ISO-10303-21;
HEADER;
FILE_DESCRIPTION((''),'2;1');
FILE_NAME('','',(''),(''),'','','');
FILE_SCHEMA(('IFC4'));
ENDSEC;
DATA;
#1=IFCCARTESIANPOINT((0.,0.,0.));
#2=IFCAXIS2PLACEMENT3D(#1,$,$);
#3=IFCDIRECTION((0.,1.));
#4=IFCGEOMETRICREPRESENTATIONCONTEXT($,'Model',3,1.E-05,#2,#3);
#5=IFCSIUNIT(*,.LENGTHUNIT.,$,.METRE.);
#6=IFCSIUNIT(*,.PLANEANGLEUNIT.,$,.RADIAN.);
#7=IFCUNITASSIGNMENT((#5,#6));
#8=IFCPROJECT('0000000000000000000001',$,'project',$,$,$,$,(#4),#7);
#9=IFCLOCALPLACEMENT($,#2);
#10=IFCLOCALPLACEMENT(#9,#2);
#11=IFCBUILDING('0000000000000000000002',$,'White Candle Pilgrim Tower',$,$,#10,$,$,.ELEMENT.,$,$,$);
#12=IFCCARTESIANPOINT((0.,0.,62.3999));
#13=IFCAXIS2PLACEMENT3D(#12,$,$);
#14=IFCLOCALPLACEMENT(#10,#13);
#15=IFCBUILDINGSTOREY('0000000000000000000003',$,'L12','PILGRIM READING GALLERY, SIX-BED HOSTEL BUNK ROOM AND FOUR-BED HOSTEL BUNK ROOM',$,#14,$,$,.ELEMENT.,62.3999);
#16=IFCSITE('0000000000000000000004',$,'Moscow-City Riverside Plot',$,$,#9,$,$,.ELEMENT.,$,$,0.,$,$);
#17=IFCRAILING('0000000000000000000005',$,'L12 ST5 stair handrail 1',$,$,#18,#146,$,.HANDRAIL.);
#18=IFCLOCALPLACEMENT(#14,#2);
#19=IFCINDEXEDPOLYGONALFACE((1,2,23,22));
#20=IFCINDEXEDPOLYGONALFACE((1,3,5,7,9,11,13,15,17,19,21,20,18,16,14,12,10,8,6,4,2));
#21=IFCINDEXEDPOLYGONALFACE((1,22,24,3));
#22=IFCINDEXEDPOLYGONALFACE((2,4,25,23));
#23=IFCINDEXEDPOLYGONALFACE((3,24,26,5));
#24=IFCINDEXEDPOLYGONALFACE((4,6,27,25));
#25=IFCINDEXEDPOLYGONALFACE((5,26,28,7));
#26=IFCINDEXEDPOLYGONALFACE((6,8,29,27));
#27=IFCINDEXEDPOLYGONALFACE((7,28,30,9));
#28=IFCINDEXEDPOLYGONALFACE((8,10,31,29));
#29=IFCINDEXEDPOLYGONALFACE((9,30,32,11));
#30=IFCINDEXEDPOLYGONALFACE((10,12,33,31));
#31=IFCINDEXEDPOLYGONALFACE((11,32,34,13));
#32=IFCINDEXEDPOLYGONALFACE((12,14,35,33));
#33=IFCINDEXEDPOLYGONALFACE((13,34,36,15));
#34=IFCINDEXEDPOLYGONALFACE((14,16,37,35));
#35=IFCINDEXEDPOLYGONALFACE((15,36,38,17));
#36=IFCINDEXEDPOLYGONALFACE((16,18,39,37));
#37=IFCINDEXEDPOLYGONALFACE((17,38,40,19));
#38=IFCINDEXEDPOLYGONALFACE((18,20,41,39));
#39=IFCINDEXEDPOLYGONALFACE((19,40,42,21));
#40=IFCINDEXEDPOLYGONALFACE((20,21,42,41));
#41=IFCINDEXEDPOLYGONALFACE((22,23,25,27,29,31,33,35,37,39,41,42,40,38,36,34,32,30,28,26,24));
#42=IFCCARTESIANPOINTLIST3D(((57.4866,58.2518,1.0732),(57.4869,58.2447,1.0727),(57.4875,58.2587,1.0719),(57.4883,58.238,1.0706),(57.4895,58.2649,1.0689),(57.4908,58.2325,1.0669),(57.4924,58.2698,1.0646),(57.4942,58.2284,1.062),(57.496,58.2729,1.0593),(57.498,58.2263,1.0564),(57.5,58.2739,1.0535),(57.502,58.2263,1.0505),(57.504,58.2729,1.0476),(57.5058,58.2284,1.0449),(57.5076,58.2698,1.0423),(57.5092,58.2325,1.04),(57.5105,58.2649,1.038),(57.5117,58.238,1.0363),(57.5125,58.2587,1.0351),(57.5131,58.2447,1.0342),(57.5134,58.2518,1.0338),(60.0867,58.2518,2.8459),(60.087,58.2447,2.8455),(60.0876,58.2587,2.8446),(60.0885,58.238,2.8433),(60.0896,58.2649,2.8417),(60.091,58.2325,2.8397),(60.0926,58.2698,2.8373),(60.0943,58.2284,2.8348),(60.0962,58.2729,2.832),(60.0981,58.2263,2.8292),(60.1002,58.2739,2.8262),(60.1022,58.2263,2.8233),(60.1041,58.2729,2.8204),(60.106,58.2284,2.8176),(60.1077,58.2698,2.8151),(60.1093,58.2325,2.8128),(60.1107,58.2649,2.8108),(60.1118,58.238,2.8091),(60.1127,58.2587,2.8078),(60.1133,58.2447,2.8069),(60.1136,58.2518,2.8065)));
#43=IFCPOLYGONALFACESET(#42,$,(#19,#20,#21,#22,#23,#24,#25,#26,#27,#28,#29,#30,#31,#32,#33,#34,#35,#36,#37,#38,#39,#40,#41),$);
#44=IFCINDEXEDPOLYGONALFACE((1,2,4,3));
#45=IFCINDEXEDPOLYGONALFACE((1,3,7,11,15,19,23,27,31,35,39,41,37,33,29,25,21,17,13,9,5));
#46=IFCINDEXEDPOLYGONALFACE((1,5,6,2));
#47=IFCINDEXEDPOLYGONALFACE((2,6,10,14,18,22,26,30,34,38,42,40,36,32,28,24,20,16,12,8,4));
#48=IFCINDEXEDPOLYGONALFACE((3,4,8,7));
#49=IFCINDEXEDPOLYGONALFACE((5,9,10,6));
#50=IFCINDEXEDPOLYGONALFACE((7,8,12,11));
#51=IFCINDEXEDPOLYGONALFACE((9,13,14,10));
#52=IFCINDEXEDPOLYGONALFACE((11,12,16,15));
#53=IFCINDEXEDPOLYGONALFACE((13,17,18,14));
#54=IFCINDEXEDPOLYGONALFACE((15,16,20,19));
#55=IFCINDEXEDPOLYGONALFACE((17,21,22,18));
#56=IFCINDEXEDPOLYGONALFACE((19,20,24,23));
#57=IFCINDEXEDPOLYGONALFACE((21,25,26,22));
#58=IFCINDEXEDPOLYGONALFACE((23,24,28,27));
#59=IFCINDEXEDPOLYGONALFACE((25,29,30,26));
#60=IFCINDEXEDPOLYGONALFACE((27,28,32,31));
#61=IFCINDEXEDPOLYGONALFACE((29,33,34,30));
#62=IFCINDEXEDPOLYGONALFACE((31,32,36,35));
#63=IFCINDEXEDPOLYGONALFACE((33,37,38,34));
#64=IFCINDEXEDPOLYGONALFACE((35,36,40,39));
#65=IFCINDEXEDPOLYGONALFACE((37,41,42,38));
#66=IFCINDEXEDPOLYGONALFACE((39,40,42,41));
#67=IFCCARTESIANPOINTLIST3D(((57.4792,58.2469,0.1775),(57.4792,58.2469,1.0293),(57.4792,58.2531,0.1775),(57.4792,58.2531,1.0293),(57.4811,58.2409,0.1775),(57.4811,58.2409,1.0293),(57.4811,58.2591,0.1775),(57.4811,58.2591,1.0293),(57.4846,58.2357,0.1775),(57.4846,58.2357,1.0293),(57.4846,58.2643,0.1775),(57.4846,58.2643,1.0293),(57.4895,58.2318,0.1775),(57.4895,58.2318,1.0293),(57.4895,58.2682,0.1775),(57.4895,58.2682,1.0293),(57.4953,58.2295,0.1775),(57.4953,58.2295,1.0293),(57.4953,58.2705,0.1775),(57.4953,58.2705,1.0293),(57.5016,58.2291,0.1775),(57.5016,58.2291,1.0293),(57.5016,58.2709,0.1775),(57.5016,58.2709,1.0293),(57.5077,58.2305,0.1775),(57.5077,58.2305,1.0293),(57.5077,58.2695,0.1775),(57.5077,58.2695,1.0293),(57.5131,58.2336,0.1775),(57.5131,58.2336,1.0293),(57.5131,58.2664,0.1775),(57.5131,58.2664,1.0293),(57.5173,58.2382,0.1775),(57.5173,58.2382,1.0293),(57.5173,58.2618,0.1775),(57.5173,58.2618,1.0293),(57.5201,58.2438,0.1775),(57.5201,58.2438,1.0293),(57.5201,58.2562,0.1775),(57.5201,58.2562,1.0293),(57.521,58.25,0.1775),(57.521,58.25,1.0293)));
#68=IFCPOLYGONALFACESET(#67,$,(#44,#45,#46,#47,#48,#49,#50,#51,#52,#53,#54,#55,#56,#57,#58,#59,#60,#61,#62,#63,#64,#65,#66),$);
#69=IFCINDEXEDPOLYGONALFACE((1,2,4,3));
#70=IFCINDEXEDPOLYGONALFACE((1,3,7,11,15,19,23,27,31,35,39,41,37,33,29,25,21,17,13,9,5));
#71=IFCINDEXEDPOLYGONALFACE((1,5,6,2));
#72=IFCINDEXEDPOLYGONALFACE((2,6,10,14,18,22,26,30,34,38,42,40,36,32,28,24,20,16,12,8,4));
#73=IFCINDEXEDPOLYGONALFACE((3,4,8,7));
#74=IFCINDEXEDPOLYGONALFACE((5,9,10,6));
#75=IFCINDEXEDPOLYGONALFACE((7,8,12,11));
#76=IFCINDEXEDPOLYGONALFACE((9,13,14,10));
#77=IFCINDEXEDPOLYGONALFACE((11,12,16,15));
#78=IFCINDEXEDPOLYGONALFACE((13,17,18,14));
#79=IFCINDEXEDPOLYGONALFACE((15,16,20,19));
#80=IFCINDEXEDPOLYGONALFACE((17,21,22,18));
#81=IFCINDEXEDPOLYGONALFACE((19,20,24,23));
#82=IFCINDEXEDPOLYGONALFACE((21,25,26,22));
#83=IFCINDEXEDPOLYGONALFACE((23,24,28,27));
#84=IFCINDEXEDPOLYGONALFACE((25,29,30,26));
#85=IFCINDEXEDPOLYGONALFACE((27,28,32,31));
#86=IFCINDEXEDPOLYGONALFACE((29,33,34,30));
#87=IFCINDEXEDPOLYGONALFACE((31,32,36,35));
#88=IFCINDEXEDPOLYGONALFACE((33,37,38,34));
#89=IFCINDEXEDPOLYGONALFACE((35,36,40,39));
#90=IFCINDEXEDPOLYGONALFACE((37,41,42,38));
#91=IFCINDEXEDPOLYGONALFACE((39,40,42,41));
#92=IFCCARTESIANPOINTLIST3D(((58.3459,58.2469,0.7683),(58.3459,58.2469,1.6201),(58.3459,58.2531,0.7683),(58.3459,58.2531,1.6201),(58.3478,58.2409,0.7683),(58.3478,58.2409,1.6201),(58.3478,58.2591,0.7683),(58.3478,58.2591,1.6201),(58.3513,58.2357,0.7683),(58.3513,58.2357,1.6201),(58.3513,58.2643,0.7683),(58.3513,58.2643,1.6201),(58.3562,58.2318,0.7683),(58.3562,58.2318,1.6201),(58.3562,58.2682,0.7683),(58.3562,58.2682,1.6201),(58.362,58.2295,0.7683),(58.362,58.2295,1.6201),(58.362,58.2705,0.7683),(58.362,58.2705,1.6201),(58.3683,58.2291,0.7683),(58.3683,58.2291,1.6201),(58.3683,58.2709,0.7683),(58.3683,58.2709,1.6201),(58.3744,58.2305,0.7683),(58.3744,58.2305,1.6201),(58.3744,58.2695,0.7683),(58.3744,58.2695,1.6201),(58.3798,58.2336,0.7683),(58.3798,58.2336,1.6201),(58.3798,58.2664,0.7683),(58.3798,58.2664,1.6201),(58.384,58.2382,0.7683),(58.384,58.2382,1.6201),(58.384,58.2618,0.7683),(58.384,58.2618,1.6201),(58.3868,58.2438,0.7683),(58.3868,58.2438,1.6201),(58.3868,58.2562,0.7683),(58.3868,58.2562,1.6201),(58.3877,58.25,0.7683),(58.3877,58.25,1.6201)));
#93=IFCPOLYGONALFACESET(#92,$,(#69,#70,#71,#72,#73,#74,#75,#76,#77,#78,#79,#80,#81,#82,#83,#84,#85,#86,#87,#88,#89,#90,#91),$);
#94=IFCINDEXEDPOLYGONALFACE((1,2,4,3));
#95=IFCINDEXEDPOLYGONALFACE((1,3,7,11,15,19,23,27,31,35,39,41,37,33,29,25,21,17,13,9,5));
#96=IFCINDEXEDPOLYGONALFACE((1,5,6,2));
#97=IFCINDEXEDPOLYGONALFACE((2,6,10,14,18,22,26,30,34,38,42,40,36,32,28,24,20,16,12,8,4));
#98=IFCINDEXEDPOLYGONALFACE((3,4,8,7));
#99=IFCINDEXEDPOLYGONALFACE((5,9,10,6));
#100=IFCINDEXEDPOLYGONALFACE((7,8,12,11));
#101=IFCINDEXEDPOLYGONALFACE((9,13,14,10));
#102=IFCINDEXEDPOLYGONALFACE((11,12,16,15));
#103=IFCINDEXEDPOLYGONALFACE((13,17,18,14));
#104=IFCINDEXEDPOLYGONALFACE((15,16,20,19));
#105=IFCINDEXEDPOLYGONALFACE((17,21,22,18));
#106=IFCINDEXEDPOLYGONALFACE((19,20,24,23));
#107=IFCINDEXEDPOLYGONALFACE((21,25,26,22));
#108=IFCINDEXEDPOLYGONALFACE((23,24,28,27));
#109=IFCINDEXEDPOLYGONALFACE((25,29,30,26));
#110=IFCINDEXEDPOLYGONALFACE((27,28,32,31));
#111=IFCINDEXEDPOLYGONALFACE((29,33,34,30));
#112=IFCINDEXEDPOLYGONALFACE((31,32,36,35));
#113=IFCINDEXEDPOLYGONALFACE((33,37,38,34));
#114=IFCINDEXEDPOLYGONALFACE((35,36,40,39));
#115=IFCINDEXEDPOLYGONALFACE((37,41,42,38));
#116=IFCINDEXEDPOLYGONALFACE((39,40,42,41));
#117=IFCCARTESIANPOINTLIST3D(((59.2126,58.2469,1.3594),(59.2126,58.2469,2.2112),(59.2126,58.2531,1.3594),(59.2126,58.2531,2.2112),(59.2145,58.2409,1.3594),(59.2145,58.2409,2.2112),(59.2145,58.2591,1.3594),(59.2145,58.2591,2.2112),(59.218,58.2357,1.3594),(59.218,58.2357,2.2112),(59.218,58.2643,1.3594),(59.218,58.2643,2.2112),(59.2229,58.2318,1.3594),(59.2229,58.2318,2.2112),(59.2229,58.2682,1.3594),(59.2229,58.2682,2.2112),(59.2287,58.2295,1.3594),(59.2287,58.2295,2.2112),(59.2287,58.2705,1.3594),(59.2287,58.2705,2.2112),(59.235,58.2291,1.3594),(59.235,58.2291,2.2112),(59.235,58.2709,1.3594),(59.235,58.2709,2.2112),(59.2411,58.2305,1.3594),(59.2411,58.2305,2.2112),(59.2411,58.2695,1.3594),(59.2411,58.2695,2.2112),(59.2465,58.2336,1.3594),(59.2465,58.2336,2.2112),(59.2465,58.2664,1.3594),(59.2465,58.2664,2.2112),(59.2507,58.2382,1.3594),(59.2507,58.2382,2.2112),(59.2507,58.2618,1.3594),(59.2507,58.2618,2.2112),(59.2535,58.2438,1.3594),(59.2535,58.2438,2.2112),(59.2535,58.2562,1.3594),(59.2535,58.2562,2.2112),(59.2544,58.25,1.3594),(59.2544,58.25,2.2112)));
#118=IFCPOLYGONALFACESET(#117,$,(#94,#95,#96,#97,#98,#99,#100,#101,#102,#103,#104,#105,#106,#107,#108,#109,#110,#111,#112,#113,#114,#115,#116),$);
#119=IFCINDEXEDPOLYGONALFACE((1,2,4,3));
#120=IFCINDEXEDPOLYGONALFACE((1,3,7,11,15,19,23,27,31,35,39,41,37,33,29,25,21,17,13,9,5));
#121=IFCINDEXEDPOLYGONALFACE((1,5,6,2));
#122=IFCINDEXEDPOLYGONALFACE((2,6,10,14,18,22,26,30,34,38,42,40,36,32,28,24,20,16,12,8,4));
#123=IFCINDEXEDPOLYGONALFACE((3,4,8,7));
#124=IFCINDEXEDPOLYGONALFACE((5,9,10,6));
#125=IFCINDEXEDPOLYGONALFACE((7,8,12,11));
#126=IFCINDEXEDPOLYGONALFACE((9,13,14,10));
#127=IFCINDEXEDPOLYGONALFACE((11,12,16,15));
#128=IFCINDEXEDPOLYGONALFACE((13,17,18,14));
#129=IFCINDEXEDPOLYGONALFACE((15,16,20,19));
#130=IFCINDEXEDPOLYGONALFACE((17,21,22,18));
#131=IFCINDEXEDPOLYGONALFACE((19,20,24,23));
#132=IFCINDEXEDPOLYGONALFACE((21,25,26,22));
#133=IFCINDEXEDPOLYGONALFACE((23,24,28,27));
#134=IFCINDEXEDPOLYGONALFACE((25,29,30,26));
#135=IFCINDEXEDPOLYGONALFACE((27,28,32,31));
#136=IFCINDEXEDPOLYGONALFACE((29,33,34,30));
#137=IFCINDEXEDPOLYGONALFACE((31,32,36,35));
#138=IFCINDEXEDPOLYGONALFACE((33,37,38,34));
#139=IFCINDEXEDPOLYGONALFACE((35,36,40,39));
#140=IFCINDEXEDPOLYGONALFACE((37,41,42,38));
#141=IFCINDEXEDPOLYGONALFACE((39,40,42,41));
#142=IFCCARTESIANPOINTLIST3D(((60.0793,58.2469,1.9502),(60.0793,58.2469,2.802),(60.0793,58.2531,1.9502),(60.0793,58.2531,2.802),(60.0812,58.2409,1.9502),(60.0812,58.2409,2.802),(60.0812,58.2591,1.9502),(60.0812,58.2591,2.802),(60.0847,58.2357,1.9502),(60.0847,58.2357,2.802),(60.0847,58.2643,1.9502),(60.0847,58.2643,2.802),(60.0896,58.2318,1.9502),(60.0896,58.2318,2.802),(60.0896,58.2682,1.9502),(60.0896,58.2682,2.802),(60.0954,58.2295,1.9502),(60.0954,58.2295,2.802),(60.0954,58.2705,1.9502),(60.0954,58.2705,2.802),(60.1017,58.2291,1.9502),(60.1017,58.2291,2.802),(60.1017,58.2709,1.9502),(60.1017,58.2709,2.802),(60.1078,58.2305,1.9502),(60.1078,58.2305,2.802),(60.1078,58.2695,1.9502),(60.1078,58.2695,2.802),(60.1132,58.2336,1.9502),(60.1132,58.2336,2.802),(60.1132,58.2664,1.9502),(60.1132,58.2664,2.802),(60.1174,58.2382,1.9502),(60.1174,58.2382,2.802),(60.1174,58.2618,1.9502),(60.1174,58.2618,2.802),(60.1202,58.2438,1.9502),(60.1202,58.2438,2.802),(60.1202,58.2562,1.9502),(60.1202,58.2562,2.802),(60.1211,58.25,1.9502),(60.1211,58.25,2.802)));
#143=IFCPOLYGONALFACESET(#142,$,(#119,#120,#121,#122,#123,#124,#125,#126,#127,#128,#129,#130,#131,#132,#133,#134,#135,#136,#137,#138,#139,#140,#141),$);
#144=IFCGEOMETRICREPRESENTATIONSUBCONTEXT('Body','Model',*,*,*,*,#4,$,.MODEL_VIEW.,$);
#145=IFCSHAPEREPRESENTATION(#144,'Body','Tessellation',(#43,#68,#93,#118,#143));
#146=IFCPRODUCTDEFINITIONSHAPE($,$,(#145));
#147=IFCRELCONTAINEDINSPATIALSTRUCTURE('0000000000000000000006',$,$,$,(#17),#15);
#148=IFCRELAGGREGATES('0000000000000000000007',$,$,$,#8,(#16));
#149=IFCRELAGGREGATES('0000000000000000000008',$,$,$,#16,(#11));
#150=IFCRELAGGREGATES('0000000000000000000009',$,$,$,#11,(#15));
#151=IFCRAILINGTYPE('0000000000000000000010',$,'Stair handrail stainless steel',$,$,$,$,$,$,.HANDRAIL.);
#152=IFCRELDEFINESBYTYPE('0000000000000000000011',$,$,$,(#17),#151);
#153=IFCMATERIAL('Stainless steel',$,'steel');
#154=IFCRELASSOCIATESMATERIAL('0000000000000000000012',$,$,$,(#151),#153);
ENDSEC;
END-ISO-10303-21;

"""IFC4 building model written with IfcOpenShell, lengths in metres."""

from ifc_helpers import new_model, si_unit, direction, frame, origin, origin_2d, place, context, subcontext, project, spatial, circle, extrude, material, type_object, element, save


model = new_model("IFC4")

# Units and contexts
model_context = context("Model", 3, precision=1e-05, world=origin(), true_north=direction((0.0, 1.0)))
body_context = subcontext(model_context, "Body", "Model", "MODEL_VIEW")
ifc_project = project(units=[si_unit("LENGTHUNIT", "METRE"), si_unit("PLANEANGLEUNIT", "RADIAN")], contexts=[model_context])

# Site, building, storey
site_placement = place(None, origin())
site = spatial("IfcSite", under=ifc_project, at=site_placement, Name="Moscow-City Riverside Plot", CompositionType="ELEMENT", RefElevation=0.0)
building_placement = place(site_placement, origin())
building = spatial("IfcBuilding", under=site, at=building_placement, Name="White Candle Pilgrim Tower", CompositionType="ELEMENT")
storey_placement = place(building_placement, frame((0.0, 0.0, 62.3999)))
storey = spatial("IfcBuildingStorey", under=building, at=storey_placement, Name="L12", Description="PILGRIM READING GALLERY, SIX-BED HOSTEL BUNK ROOM AND FOUR-BED HOSTEL BUNK ROOM", CompositionType="ELEMENT", Elevation=62.3999)

# Railing
ifc_material_1 = material(Name="Stainless steel", Category="steel")
railing_type_1 = type_object("IfcRailingType", Name="Stair handrail stainless steel", PredefinedType="HANDRAIL", material=ifc_material_1)
railing_1_placement = place(storey_placement, frame((57.5, 58.25, 0.1775)))
element("IfcRailing", 1, at=railing_1_placement, inside=storey, type_object=railing_type_1, Name="L12 ST5 stair handrail 1", PredefinedType="HANDRAIL", context=body_context, shape_type="SweptSolid", body=[
    extrude(circle(Radius=0.0239, at=origin_2d()), frame((0.0, 0.0, 0.876), z_axis=(0.82624, 0.0, 0.563318), x_axis=(0.0, 1.0, 0.0)), (0.0, 0.0, 1.0), 3.147),
    extrude(circle(Radius=0.021, at=origin_2d()), origin(), (0.0, 0.0, 1.0), 0.8518),
    extrude(circle(Radius=0.021, at=origin_2d()), frame((0.8667, 0.0, 0.5908)), (0.0, 0.0, 1.0), 0.8518),
    extrude(circle(Radius=0.021, at=origin_2d()), frame((1.7334, 0.0, 1.1819)), (0.0, 0.0, 1.0), 0.8518),
    extrude(circle(Radius=0.021, at=origin_2d()), frame((2.6001, 0.0, 1.7727)), (0.0, 0.0, 1.0), 0.8518),
])

save(model, "model.ifc")
